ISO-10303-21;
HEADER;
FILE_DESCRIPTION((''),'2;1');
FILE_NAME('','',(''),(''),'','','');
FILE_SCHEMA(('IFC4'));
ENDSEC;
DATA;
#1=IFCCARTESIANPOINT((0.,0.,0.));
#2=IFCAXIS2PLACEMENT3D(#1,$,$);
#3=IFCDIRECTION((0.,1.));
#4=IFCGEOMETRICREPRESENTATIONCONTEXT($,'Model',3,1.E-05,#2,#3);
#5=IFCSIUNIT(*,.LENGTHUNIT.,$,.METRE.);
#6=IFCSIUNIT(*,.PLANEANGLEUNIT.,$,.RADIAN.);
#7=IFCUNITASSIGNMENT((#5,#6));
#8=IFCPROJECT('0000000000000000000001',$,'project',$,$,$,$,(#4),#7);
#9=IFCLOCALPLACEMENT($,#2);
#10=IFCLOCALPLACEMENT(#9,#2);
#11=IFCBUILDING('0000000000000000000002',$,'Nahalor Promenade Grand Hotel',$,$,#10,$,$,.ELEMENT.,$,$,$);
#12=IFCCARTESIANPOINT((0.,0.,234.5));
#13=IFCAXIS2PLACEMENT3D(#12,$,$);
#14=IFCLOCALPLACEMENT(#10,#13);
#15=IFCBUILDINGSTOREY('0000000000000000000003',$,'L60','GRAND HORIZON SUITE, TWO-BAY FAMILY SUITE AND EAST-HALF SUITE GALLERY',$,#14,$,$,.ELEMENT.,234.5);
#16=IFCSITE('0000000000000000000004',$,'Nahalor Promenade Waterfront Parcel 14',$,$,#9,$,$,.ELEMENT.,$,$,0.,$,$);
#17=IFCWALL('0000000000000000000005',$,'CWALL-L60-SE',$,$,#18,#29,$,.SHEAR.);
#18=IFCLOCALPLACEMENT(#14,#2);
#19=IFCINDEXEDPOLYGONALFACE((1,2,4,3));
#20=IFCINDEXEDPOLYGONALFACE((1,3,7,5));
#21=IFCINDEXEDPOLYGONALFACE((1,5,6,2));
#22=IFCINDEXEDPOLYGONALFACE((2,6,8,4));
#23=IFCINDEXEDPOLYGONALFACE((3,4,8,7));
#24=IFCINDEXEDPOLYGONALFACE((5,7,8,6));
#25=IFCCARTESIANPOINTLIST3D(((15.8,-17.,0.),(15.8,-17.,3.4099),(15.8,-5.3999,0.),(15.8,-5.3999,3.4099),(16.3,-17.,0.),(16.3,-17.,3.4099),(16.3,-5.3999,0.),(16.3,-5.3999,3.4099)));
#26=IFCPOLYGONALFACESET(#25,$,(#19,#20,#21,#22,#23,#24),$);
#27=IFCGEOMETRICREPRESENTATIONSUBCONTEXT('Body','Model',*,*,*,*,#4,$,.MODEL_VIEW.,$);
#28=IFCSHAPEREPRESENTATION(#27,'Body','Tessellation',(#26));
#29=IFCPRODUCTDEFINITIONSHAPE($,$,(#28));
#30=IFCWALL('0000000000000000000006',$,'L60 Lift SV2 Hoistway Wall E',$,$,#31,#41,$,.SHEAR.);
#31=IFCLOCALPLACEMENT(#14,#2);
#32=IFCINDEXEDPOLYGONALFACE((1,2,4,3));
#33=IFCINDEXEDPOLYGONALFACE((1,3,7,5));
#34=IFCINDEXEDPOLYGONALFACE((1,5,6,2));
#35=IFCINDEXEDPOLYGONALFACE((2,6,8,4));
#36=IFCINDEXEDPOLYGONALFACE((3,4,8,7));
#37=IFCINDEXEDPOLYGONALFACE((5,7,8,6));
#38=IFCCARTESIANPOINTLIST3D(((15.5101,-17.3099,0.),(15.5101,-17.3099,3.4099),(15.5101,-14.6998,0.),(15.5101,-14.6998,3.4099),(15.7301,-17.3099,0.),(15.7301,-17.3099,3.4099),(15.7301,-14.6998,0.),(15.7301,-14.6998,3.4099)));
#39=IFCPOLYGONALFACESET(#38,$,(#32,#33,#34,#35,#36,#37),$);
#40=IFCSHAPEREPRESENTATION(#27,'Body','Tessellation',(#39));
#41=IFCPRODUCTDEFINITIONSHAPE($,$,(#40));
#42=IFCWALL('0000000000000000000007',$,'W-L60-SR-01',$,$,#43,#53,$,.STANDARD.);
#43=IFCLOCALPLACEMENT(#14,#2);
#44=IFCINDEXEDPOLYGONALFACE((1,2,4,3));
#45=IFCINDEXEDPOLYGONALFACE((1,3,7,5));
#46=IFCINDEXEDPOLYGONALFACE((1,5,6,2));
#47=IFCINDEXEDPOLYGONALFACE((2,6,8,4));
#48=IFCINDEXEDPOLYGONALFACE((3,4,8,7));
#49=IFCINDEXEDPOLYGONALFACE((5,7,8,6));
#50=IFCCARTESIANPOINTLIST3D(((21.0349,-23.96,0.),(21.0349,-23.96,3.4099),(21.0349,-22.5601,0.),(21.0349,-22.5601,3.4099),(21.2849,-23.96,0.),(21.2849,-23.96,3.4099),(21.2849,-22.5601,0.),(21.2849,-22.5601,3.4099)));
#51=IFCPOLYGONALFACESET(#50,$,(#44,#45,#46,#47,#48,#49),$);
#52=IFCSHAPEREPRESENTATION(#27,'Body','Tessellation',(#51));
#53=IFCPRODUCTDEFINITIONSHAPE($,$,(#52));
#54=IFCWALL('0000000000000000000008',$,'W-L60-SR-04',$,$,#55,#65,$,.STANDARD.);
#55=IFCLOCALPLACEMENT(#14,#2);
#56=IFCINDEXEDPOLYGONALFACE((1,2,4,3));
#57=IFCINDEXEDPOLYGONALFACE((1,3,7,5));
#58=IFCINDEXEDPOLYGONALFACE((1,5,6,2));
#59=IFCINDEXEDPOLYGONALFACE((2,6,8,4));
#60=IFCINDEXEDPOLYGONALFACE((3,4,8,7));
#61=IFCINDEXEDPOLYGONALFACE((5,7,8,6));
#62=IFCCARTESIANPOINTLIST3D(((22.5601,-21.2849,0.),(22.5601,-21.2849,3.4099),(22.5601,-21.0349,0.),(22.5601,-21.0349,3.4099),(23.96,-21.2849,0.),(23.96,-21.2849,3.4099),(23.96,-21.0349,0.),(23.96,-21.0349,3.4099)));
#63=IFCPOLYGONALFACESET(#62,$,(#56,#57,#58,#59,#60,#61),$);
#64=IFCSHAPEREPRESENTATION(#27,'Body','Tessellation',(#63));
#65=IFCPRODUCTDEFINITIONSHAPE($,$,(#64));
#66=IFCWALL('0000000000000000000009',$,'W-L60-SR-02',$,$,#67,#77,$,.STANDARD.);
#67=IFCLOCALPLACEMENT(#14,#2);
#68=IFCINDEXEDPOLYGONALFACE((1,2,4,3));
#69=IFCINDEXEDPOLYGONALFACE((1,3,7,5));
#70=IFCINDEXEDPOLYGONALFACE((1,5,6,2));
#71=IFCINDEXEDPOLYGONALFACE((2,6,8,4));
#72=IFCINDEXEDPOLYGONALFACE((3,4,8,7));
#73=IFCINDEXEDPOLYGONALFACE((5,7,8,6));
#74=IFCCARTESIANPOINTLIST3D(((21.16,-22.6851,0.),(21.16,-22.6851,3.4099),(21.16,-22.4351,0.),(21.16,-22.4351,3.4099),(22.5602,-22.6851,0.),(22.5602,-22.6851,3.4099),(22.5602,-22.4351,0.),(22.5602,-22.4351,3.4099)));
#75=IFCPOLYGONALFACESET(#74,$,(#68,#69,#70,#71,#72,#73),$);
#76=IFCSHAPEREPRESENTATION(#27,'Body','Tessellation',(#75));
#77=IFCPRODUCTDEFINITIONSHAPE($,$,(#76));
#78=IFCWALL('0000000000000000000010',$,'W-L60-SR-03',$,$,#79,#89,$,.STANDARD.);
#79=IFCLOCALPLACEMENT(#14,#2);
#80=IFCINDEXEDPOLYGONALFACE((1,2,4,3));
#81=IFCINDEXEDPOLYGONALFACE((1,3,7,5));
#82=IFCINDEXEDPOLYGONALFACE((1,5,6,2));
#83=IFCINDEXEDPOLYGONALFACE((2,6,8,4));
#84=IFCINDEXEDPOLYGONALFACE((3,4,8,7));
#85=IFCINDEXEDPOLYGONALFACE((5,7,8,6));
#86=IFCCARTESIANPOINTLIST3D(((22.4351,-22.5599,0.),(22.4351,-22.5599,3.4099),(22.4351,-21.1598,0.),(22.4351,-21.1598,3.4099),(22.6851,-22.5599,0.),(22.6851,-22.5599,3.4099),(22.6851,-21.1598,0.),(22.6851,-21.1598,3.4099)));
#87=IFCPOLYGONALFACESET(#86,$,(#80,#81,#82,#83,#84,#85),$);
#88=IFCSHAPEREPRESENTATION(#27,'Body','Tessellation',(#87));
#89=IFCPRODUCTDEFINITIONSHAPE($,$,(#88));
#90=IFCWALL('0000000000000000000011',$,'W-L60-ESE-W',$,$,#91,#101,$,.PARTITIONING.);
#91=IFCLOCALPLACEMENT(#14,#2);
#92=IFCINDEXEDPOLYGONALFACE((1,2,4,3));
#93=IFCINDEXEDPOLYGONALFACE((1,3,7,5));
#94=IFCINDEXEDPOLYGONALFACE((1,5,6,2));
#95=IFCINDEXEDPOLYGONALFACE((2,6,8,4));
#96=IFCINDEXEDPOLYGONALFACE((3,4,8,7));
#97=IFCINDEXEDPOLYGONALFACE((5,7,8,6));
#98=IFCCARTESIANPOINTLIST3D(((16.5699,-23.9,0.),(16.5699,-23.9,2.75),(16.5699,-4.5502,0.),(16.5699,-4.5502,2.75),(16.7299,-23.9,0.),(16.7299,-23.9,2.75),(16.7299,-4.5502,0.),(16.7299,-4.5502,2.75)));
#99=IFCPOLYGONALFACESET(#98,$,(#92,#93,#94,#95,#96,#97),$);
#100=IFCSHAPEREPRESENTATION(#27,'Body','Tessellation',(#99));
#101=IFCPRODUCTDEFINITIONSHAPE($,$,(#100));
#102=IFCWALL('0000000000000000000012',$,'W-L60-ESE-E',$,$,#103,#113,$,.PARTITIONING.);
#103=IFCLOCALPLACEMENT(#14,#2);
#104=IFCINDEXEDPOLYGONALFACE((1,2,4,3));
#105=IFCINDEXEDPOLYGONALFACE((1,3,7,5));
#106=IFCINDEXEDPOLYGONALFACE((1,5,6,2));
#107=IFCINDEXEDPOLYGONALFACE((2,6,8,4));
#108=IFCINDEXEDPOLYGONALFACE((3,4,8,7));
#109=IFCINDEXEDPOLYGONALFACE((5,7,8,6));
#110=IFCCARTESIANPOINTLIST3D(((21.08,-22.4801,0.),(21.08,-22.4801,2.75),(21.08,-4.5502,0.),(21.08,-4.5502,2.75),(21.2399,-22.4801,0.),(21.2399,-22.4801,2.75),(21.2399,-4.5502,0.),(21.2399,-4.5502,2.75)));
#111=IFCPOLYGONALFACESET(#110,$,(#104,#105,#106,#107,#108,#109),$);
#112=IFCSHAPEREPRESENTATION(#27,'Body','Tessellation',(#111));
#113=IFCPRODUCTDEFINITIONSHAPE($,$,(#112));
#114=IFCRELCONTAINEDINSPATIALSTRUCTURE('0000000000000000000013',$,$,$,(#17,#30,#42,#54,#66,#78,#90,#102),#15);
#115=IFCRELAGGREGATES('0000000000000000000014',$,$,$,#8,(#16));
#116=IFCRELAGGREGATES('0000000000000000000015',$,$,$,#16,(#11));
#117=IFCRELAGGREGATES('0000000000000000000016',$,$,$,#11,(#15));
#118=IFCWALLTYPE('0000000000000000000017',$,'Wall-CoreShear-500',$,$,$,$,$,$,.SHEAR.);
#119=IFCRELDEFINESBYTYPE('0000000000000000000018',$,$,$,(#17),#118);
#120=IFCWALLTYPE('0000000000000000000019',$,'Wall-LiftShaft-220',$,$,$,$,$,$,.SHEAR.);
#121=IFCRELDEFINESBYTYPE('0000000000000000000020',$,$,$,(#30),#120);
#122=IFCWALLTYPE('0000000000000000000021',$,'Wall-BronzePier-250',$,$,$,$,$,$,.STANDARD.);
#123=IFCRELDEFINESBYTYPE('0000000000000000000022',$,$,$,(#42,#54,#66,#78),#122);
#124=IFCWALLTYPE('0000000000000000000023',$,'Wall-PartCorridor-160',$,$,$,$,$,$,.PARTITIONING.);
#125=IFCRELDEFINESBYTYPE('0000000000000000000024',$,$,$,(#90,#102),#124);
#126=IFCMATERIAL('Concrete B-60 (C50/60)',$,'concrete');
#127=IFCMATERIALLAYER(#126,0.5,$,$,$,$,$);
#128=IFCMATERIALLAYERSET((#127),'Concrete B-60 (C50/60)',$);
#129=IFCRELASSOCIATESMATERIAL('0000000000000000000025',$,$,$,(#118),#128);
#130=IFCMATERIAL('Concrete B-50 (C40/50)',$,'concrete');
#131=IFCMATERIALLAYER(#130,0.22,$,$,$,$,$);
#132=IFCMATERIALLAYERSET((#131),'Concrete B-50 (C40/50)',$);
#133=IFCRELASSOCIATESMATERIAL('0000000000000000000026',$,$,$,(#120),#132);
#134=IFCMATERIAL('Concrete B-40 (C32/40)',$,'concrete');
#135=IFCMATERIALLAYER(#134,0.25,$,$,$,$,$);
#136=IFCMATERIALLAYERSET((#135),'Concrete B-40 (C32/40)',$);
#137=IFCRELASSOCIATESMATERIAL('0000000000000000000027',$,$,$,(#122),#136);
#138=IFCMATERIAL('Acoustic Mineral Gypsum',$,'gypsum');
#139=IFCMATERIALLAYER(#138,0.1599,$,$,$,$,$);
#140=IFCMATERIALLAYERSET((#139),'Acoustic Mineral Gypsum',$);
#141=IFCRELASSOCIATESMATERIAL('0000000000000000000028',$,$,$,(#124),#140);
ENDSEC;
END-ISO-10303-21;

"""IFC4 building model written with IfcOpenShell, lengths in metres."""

from ifc_helpers import new_model, si_unit, direction, frame, frame_2d, origin, place, context, subcontext, project, spatial, rectangle, extrude, source, transform, mapped, material, layer, layer_set, type_object, element, save


model = new_model("IFC4")

# Units and contexts
model_context = context("Model", 3, precision=1e-05, world=origin(), true_north=direction((0.0, 1.0)))
body_context = subcontext(model_context, "Body", "Model", "MODEL_VIEW")
ifc_project = project(units=[si_unit("LENGTHUNIT", "METRE"), si_unit("PLANEANGLEUNIT", "RADIAN")], contexts=[model_context])

# Site, building, storey
site_placement = place(None, origin())
site = spatial("IfcSite", under=ifc_project, at=site_placement, Name="Nahalor Promenade Waterfront Parcel 14", CompositionType="ELEMENT", RefElevation=0.0)
building_placement = place(site_placement, origin())
building = spatial("IfcBuilding", under=site, at=building_placement, Name="Nahalor Promenade Grand Hotel", CompositionType="ELEMENT")
storey_placement = place(building_placement, frame((0.0, 0.0, 234.5)))
storey = spatial("IfcBuildingStorey", under=building, at=storey_placement, Name="L60", Description="GRAND HORIZON SUITE, TWO-BAY FAMILY SUITE AND EAST-HALF SUITE GALLERY", CompositionType="ELEMENT", Elevation=234.5)

# Shared definitions
ifc_material_1 = material(Name="Concrete B-60 (C50/60)", Category="concrete")

# Walls
ifc_layer_1 = layer(ifc_material_1, 0.5)
ifc_layer_set_1 = layer_set([ifc_layer_1], Name="Concrete B-60 (C50/60)")
wall_type_1 = type_object("IfcWallType", Name="Wall-CoreShear-500", PredefinedType="SHEAR", material=ifc_layer_set_1)
shared_shape_1 = source(origin(), body_context, "Body", "SweptSolid", [
    extrude(rectangle(XDim=11.6001, YDim=0.5, at=frame_2d((5.8, 0.0))), origin(), (0.0, 0.0, 1.0), 3.4099),
])
wall_1_placement = place(storey_placement, frame((16.05, -17.0, 0.0), z_axis=(0.0, 0.0, 1.0), x_axis=(0.0, 1.0, 0.0)))
element("IfcWall", 1, at=wall_1_placement, inside=storey, type_object=wall_type_1, Name="CWALL-L60-SE", PredefinedType="SHEAR", context=body_context, shape_type="MappedRepresentation", body=[
    mapped(shared_shape_1, transform((0.0, 0.0, 0.0), scale=1.0)),
])
ifc_material_2 = material(Name="Concrete B-50 (C40/50)", Category="concrete")
ifc_layer_2 = layer(ifc_material_2, 0.22)
ifc_layer_set_2 = layer_set([ifc_layer_2], Name="Concrete B-50 (C40/50)")
wall_type_2 = type_object("IfcWallType", Name="Wall-LiftShaft-220", PredefinedType="SHEAR", material=ifc_layer_set_2)
shared_shape_2 = source(origin(), body_context, "Body", "SweptSolid", [
    extrude(rectangle(XDim=2.6101, YDim=0.22, at=frame_2d((1.3052, 0.0))), origin(), (0.0, 0.0, 1.0), 3.4099),
])
wall_2_placement = place(storey_placement, frame((15.6201, -17.3101, 0.0), z_axis=(0.0, 0.0, 1.0), x_axis=(0.0, 1.0, 0.0)))
element("IfcWall", 2, at=wall_2_placement, inside=storey, type_object=wall_type_2, Name="L60 Lift SV2 Hoistway Wall E", PredefinedType="SHEAR", context=body_context, shape_type="MappedRepresentation", body=[
    mapped(shared_shape_2, transform((0.0, 0.0, 0.0), scale=1.0)),
])
ifc_material_3 = material(Name="Concrete B-40 (C32/40)", Category="concrete")
ifc_layer_3 = layer(ifc_material_3, 0.25)
ifc_layer_set_3 = layer_set([ifc_layer_3], Name="Concrete B-40 (C32/40)")
wall_type_3 = type_object("IfcWallType", Name="Wall-BronzePier-250", PredefinedType="STANDARD", material=ifc_layer_set_3)
shared_shape_3 = source(origin(), body_context, "Body", "SweptSolid", [
    extrude(rectangle(XDim=1.3999, YDim=0.25, at=frame_2d((0.7, 0.0))), origin(), (0.0, 0.0, 1.0), 3.4099),
])
for number, where, z_axis, x_axis, name in (
    (3, (21.1599, -23.96, 0.0), (0.0, 0.0, 1.0), (0.0, 1.0, 0.0), "W-L60-SR-01"),
    (4, (22.5601, -21.1599, 0.0), (0.0, 0.0, 1.0), (1.0, 0.0, 0.0), "W-L60-SR-04"),
):
    element("IfcWall", number, at=place(storey_placement, frame(where, z_axis=z_axis, x_axis=x_axis)), inside=storey, type_object=wall_type_3, Name=name, PredefinedType="STANDARD", context=body_context, shape_type="MappedRepresentation", body=[
        mapped(shared_shape_3, transform((0.0, 0.0, 0.0), scale=1.0)),
    ])
shared_shape_4 = source(origin(), body_context, "Body", "SweptSolid", [
    extrude(rectangle(XDim=1.4001, YDim=0.25, at=frame_2d((0.7002, 0.0))), origin(), (0.0, 0.0, 1.0), 3.4099),
])
for number, where, z_axis, x_axis, name in (
    (5, (21.1599, -22.5601, 0.0), (0.0, 0.0, 1.0), (1.0, 0.0, 0.0), "W-L60-SR-02"),
    (6, (22.5601, -22.5601, 0.0), (0.0, 0.0, 1.0), (0.0, 1.0, 0.0), "W-L60-SR-03"),
):
    element("IfcWall", number, at=place(storey_placement, frame(where, z_axis=z_axis, x_axis=x_axis)), inside=storey, type_object=wall_type_3, Name=name, PredefinedType="STANDARD", context=body_context, shape_type="MappedRepresentation", body=[
        mapped(shared_shape_4, transform((0.0, 0.0, 0.0), scale=1.0)),
    ])
ifc_material_4 = material(Name="Acoustic Mineral Gypsum", Category="gypsum")
ifc_layer_4 = layer(ifc_material_4, 0.1599)
ifc_layer_set_4 = layer_set([ifc_layer_4], Name="Acoustic Mineral Gypsum")
wall_type_4 = type_object("IfcWallType", Name="Wall-PartCorridor-160", PredefinedType="PARTITIONING", material=ifc_layer_set_4)
shared_shape_5 = source(origin(), body_context, "Body", "SweptSolid", [
    extrude(rectangle(XDim=19.3499, YDim=0.1599, at=frame_2d((9.6748, 0.0))), origin(), (0.0, 0.0, 1.0), 2.75),
])
wall_3_placement = place(storey_placement, frame((16.6499, -23.8999, 0.0), z_axis=(0.0, 0.0, 1.0), x_axis=(0.0, 1.0, 0.0)))
element("IfcWall", 7, at=wall_3_placement, inside=storey, type_object=wall_type_4, Name="W-L60-ESE-W", PredefinedType="PARTITIONING", context=body_context, shape_type="MappedRepresentation", body=[
    mapped(shared_shape_5, transform((0.0, 0.0, 0.0), scale=1.0)),
])
shared_shape_6 = source(origin(), body_context, "Body", "SweptSolid", [
    extrude(rectangle(XDim=17.9299, YDim=0.1599, at=frame_2d((8.9648, 0.0))), origin(), (0.0, 0.0, 1.0), 2.75),
])
wall_4_placement = place(storey_placement, frame((21.1599, -22.48, 0.0), z_axis=(0.0, 0.0, 1.0), x_axis=(0.0, 1.0, 0.0)))
element("IfcWall", 8, at=wall_4_placement, inside=storey, type_object=wall_type_4, Name="W-L60-ESE-E", PredefinedType="PARTITIONING", context=body_context, shape_type="MappedRepresentation", body=[
    mapped(shared_shape_6, transform((0.0, 0.0, 0.0), scale=1.0)),
])

save(model, "model.ifc")
